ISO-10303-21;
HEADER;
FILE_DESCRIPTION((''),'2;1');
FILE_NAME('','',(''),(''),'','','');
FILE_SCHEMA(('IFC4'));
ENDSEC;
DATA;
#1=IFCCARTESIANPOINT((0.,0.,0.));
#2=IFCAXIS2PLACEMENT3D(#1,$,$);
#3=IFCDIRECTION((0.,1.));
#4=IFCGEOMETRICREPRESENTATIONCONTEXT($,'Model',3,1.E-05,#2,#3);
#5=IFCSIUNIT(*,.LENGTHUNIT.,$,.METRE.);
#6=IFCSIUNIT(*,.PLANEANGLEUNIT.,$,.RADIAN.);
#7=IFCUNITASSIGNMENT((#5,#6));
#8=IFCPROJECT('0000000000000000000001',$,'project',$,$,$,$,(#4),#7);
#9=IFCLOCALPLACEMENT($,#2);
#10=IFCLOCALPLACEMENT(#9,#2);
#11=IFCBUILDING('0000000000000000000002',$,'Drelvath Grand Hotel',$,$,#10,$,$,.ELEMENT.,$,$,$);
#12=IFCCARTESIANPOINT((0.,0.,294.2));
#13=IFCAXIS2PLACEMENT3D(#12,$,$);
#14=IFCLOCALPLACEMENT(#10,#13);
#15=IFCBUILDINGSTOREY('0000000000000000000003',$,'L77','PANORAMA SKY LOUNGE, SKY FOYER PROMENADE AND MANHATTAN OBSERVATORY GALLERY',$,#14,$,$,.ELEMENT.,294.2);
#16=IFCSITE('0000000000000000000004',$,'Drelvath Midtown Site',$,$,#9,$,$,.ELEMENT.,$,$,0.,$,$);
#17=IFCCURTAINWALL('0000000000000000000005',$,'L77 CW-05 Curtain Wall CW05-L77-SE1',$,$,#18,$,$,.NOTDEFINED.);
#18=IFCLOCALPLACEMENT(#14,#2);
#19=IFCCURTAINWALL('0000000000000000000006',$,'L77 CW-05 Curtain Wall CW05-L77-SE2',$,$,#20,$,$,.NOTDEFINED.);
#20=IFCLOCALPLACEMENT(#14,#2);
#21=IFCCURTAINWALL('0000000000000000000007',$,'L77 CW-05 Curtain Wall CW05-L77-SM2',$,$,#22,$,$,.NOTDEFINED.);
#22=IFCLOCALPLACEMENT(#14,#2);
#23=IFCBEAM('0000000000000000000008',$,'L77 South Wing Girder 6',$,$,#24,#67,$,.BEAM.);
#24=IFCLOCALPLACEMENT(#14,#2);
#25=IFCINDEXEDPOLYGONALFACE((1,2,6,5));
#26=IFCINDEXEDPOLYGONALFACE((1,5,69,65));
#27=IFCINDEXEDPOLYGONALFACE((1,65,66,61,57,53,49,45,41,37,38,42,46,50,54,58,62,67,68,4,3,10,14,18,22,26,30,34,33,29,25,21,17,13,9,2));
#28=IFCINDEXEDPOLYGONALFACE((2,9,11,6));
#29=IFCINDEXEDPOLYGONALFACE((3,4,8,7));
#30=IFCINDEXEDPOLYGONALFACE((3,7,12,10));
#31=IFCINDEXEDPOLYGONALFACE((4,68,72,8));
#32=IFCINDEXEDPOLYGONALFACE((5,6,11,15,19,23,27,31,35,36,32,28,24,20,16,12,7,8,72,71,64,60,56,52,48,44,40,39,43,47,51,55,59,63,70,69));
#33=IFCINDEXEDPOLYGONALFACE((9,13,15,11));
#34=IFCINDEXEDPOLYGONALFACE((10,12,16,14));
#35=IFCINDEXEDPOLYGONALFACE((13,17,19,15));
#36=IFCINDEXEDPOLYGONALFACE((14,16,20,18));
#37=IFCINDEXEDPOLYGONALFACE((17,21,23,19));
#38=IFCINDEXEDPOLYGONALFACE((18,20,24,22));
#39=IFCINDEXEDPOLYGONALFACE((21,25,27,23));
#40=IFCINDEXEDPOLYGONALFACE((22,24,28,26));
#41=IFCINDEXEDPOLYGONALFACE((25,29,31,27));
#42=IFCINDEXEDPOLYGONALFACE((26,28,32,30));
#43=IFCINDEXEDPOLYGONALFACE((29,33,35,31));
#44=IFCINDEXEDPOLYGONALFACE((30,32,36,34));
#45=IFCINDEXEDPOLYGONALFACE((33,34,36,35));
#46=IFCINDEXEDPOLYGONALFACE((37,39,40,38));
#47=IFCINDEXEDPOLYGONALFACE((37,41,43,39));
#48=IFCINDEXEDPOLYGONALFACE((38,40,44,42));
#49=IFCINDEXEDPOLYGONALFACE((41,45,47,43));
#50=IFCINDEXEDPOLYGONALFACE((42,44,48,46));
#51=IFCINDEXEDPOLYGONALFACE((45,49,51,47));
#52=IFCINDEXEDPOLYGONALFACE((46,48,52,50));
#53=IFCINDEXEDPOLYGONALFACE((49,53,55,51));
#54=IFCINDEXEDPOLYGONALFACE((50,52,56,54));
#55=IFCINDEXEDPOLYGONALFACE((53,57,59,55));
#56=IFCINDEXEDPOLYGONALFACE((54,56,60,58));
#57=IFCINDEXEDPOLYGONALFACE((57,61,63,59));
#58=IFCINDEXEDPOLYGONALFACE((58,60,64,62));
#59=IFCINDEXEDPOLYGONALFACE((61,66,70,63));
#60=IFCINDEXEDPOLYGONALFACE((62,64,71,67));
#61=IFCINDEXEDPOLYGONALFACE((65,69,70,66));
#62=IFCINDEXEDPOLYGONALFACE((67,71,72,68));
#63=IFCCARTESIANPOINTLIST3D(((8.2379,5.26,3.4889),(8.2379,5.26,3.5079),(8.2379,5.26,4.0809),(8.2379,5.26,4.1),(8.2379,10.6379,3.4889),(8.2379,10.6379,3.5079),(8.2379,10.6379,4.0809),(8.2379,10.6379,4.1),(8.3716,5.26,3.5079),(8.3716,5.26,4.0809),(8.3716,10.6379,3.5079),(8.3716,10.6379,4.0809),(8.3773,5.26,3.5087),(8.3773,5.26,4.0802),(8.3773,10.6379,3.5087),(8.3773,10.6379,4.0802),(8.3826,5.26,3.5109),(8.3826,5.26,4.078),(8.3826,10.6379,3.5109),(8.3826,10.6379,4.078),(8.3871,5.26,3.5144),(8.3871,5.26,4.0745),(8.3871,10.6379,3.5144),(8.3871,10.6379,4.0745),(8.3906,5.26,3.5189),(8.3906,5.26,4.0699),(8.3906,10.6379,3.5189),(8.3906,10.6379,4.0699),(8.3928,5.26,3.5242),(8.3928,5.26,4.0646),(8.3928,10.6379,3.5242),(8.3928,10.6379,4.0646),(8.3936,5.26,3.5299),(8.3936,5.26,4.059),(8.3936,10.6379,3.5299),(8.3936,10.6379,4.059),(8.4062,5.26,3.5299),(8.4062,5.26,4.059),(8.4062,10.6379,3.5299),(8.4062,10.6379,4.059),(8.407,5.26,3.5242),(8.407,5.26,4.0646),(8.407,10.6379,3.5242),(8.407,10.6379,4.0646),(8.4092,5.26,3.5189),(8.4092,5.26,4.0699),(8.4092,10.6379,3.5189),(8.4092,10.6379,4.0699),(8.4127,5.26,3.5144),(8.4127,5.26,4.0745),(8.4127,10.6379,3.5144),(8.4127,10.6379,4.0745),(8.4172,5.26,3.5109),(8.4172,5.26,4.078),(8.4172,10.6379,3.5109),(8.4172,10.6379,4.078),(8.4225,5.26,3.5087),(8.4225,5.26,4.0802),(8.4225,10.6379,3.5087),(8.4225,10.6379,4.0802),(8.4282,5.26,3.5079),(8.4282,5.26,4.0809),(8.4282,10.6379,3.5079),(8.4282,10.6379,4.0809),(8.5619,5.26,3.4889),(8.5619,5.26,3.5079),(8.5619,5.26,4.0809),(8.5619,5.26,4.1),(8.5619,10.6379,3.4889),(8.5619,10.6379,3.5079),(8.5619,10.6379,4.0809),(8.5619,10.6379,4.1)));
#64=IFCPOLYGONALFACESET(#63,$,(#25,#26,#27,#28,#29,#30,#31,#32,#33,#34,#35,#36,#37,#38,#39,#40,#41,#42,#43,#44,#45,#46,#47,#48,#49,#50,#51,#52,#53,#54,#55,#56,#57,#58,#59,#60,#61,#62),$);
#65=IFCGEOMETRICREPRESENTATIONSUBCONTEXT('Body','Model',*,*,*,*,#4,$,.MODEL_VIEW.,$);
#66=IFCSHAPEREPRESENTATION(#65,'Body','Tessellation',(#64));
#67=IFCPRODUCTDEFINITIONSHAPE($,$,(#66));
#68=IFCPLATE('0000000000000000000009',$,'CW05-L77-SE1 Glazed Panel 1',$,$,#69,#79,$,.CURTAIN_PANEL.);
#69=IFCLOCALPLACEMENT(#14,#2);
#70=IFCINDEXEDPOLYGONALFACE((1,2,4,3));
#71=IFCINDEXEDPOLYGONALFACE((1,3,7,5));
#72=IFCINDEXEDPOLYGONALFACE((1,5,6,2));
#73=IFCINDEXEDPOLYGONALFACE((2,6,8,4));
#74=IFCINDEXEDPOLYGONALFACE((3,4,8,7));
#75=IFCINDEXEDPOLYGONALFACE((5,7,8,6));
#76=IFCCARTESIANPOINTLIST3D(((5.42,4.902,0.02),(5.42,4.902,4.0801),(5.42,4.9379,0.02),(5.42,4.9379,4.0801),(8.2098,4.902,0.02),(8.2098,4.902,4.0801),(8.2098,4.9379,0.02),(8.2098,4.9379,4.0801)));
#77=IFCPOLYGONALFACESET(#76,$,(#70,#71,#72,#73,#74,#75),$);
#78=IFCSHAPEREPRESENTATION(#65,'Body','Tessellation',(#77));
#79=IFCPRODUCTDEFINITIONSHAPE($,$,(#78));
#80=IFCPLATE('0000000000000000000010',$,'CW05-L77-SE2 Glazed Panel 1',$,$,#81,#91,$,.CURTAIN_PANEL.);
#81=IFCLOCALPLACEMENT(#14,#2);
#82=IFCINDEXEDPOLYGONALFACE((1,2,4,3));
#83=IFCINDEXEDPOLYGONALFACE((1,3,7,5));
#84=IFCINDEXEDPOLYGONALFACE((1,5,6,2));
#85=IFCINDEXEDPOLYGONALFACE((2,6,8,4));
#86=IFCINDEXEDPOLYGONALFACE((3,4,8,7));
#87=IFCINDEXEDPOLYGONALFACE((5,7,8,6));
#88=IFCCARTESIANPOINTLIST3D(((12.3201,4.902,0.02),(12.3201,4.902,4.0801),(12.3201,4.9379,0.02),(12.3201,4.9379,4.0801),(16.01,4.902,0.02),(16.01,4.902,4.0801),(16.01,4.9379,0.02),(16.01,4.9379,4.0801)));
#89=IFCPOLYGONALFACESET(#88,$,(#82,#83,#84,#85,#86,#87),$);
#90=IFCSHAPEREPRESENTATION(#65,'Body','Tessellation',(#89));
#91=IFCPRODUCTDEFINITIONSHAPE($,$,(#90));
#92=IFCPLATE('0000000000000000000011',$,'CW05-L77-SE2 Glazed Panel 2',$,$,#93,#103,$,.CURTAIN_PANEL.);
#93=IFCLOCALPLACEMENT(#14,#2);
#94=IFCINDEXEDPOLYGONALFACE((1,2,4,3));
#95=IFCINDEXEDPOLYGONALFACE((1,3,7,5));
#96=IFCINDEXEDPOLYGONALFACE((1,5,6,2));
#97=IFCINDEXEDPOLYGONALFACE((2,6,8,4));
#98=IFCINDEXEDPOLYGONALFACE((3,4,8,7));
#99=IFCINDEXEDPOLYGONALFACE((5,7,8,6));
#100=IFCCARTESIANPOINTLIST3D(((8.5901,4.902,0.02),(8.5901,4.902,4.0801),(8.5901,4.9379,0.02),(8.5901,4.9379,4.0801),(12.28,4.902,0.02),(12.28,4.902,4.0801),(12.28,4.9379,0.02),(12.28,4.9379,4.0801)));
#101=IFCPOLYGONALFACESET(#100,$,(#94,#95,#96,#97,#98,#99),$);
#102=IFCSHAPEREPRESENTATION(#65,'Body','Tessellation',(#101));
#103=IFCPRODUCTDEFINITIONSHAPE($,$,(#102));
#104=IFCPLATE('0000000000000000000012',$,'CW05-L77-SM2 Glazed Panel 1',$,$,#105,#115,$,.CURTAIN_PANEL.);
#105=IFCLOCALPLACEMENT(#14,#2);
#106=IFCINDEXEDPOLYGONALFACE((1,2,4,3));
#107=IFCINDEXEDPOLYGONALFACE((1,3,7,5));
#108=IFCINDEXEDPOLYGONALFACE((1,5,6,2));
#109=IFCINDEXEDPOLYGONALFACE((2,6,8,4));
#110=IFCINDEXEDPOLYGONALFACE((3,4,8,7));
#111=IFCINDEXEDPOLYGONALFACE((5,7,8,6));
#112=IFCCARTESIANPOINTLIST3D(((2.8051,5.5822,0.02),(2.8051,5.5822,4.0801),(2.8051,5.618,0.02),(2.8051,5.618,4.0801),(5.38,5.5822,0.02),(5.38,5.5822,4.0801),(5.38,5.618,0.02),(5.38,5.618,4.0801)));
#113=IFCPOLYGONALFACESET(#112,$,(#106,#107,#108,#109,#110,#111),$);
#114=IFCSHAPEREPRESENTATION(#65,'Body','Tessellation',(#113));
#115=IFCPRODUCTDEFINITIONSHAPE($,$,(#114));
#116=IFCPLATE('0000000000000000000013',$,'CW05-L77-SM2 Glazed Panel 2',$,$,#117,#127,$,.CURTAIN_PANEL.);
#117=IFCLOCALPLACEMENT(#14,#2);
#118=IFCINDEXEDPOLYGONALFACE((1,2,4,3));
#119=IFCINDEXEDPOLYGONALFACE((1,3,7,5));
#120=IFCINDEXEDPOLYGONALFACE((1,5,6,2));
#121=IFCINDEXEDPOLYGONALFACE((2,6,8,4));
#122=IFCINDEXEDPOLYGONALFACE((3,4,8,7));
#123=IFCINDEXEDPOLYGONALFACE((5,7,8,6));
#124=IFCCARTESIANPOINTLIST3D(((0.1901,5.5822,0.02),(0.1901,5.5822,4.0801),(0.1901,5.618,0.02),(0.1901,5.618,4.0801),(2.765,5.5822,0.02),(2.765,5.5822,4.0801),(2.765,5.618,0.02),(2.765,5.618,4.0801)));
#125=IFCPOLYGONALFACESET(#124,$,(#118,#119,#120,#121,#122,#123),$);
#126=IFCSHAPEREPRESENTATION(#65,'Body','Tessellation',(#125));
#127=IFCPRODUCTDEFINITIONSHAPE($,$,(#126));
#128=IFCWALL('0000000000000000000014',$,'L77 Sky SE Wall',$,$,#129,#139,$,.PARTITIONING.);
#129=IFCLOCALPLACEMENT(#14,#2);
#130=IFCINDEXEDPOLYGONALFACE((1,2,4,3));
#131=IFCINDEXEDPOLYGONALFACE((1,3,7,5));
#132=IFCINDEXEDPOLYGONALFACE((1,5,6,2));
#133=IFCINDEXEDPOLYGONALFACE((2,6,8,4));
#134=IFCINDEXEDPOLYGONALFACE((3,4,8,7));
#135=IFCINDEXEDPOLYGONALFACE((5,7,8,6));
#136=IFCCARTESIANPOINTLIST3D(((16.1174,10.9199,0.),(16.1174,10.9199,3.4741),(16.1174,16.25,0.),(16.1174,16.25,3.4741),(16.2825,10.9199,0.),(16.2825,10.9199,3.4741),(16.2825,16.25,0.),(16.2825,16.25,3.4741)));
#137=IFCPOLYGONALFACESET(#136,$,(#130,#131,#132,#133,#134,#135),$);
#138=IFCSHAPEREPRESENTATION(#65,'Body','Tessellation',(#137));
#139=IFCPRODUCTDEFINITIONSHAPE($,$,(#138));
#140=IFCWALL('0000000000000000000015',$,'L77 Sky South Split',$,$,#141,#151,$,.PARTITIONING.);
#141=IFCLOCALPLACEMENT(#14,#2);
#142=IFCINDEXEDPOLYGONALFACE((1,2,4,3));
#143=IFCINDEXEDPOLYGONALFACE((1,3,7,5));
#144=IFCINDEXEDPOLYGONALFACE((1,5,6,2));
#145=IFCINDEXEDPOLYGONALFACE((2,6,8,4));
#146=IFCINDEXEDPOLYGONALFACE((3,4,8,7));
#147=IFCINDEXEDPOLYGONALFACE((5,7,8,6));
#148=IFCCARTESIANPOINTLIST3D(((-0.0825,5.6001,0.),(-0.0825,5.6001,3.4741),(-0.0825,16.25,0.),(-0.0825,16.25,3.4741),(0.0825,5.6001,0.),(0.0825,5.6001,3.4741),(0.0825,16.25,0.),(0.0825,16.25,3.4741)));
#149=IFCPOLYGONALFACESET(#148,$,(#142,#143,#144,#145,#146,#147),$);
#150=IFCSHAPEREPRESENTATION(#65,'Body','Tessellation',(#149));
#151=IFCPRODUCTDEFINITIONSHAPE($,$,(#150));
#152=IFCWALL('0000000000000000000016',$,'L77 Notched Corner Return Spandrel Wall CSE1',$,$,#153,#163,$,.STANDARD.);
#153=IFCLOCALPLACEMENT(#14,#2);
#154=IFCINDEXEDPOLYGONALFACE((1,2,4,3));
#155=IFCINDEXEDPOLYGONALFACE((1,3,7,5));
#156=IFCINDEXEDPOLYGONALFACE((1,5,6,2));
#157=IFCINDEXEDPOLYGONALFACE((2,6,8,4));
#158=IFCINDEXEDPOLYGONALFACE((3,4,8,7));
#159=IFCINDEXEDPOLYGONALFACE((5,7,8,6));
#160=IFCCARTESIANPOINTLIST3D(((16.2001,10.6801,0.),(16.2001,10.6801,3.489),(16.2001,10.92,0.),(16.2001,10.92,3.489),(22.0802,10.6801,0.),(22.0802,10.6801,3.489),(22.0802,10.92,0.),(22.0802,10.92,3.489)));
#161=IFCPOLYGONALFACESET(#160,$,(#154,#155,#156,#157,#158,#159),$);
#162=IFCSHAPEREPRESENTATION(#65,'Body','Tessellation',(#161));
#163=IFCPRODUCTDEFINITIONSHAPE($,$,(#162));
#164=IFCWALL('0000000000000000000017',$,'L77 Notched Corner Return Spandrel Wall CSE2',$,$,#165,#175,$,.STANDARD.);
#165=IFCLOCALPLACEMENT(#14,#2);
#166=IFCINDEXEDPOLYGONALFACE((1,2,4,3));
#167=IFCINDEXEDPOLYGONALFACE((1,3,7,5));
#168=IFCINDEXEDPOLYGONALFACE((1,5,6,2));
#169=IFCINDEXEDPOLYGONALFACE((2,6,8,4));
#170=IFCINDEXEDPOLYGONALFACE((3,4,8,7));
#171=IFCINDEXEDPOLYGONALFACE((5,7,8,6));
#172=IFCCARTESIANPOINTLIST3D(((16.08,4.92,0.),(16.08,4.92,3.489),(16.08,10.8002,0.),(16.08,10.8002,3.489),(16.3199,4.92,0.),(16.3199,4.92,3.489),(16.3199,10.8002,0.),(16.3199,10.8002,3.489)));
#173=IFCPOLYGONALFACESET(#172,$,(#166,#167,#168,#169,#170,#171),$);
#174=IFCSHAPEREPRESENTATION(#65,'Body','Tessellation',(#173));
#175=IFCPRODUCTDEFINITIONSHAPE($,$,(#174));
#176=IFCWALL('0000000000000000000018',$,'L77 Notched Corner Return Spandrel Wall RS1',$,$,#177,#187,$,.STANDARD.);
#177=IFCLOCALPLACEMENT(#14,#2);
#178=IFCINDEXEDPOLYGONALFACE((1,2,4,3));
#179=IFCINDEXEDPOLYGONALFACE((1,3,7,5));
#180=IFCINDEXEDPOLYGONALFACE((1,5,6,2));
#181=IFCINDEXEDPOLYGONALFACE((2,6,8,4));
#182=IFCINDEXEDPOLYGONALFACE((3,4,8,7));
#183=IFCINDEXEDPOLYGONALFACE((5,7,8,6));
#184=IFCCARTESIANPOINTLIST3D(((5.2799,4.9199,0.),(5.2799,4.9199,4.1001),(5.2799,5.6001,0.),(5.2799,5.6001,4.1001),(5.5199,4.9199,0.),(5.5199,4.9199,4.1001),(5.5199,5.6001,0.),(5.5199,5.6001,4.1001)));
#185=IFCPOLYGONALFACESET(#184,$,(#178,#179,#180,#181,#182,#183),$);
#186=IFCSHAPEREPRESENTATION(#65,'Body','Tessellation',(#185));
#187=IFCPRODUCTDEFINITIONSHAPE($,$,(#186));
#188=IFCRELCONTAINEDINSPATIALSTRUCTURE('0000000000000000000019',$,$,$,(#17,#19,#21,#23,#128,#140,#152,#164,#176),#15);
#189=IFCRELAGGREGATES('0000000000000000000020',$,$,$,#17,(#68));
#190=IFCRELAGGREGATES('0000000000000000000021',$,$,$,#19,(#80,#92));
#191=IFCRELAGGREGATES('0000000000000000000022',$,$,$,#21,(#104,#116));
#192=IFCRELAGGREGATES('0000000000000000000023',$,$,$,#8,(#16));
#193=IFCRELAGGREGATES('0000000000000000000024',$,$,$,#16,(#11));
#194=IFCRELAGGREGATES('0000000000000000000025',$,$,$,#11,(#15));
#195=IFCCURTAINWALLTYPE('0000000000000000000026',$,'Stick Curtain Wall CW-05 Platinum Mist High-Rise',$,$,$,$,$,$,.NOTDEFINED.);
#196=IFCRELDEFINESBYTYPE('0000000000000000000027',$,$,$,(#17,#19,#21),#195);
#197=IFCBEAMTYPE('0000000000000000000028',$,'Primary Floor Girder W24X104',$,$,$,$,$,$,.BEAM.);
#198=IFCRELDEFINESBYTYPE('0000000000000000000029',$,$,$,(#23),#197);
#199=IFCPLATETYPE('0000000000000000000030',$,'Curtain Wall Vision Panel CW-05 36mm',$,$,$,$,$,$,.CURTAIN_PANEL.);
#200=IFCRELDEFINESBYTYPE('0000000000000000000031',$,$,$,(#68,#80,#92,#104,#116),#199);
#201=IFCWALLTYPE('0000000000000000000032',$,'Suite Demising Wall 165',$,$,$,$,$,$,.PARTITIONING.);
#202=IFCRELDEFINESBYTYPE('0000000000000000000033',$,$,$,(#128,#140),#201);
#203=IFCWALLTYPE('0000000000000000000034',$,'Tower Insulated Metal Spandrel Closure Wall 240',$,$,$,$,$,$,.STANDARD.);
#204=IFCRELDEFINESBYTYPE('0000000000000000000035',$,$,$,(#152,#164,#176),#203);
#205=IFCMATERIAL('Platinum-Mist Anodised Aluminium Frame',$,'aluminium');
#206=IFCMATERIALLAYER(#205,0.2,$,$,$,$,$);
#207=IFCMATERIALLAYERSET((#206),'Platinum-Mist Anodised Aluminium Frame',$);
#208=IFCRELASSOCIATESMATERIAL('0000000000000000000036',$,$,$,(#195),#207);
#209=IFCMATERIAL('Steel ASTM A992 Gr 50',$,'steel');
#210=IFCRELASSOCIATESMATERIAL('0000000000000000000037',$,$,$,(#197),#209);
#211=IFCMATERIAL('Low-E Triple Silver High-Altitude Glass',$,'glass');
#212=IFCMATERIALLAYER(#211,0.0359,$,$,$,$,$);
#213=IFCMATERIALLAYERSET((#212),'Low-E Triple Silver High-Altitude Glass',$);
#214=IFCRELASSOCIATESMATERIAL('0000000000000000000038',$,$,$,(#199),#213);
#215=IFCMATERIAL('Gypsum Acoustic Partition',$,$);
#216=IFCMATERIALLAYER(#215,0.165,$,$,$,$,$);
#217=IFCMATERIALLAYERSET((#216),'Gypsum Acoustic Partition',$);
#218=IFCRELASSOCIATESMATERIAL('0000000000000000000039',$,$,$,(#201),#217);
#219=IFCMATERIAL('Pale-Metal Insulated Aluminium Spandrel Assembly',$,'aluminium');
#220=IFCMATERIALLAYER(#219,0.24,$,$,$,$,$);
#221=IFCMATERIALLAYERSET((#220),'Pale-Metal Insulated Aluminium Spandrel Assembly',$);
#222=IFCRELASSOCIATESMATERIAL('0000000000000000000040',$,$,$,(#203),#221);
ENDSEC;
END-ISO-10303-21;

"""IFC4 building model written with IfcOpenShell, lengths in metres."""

from ifc_helpers import new_model, si_unit, direction, frame, frame_2d, origin, origin_2d, place, context, subcontext, project, spatial, rectangle, i_section, extrude, material, layer, layer_set, material_profile, profile_set, type_object, element, aggregate, save


model = new_model("IFC4")

# Units and contexts
model_context = context("Model", 3, precision=1e-05, world=origin(), true_north=direction((0.0, 1.0)))
body_context = subcontext(model_context, "Body", "Model", "MODEL_VIEW")
ifc_project = project(units=[si_unit("LENGTHUNIT", "METRE"), si_unit("PLANEANGLEUNIT", "RADIAN")], contexts=[model_context])

# Site, building, storey
site_placement = place(None, origin())
site = spatial("IfcSite", under=ifc_project, at=site_placement, Name="Drelvath Midtown Site", CompositionType="ELEMENT", RefElevation=0.0)
building_placement = place(site_placement, origin())
building = spatial("IfcBuilding", under=site, at=building_placement, Name="Drelvath Grand Hotel", CompositionType="ELEMENT")
storey_placement = place(building_placement, frame((0.0, 0.0, 294.2)))
storey = spatial("IfcBuildingStorey", under=building, at=storey_placement, Name="L77", Description="PANORAMA SKY LOUNGE, SKY FOYER PROMENADE AND MANHATTAN OBSERVATORY GALLERY", CompositionType="ELEMENT", Elevation=294.2)

# Shared definitions
ifc_material_1 = material(Name="Steel ASTM A992 Gr 50", Category="steel")

# Curtain walls
ifc_material_2 = material(Name="Platinum-Mist Anodised Aluminium Frame", Category="aluminium")
ifc_layer_1 = layer(ifc_material_2, 0.2)
ifc_layer_set_1 = layer_set([ifc_layer_1], Name="Platinum-Mist Anodised Aluminium Frame")
curtain_wall_type = type_object("IfcCurtainWallType", Name="Stick Curtain Wall CW-05 Platinum Mist High-Rise", PredefinedType="NOTDEFINED", material=ifc_layer_set_1)
curtain_wall_1_placement = place(storey_placement, origin())
curtain_wall_1 = element("IfcCurtainWall", 1, at=curtain_wall_1_placement, inside=storey, type_object=curtain_wall_type, Name="L77 CW-05 Curtain Wall CW05-L77-SE1", PredefinedType="NOTDEFINED")
curtain_wall_2_placement = place(storey_placement, origin())
curtain_wall_2 = element("IfcCurtainWall", 2, at=curtain_wall_2_placement, inside=storey, type_object=curtain_wall_type, Name="L77 CW-05 Curtain Wall CW05-L77-SE2", PredefinedType="NOTDEFINED")
curtain_wall_3_placement = place(storey_placement, origin())
curtain_wall_3 = element("IfcCurtainWall", 3, at=curtain_wall_3_placement, inside=storey, type_object=curtain_wall_type, Name="L77 CW-05 Curtain Wall CW05-L77-SM2", PredefinedType="NOTDEFINED")

# Beam
ifc_material_profile_1 = material_profile(ifc_material_1, i_section(OverallWidth=0.324, OverallDepth=0.6111, WebThickness=0.0127, FlangeThickness=0.019, FilletRadius=0.022, at=origin_2d()), Name="W24X104")
ifc_profile_set_1 = profile_set([ifc_material_profile_1], Name="Steel ASTM A992 Gr 50")
beam_type_1 = type_object("IfcBeamType", Name="Primary Floor Girder W24X104", PredefinedType="BEAM", material=ifc_profile_set_1)
beam_1_placement = place(storey_placement, frame((8.3999, 5.26, 3.7944), z_axis=(0.0, 1.0, 0.0), x_axis=(-1.0, 0.0, 0.0)))
element("IfcBeam", 4, at=beam_1_placement, inside=storey, type_object=beam_type_1, Name="L77 South Wing Girder 6", PredefinedType="BEAM", context=body_context, shape_type="SweptSolid", body=[
    extrude(i_section(OverallWidth=0.324, OverallDepth=0.6111, WebThickness=0.0127, FlangeThickness=0.019, FilletRadius=0.022, at=origin_2d()), origin(), (0.0, 0.0, 1.0), 5.3779),
])

# Plates
ifc_material_3 = material(Name="Low-E Triple Silver High-Altitude Glass", Category="glass")
ifc_layer_2 = layer(ifc_material_3, 0.0359)
ifc_layer_set_2 = layer_set([ifc_layer_2], Name="Low-E Triple Silver High-Altitude Glass")
plate_type = type_object("IfcPlateType", Name="Curtain Wall Vision Panel CW-05 36mm", PredefinedType="CURTAIN_PANEL", material=ifc_layer_set_2)
plate_1_placement = place(storey_placement, frame((6.8149, 4.9199, 0.02), z_axis=(0.0, 0.0, 1.0), x_axis=(-1.0, 0.0, 0.0)))
plate_1 = element("IfcPlate", 5, at=plate_1_placement, type_object=plate_type, Name="CW05-L77-SE1 Glazed Panel 1", PredefinedType="CURTAIN_PANEL", context=body_context, shape_type="SweptSolid", body=[
    extrude(rectangle(XDim=2.7898, YDim=0.0359, at=origin_2d()), origin(), (0.0, 0.0, 1.0), 4.0601),
])
aggregate(curtain_wall_1, [plate_1])
plate_2_placement = place(storey_placement, frame((14.165, 4.9199, 0.02), z_axis=(0.0, 0.0, 1.0), x_axis=(-1.0, 0.0, 0.0)))
plate_2 = element("IfcPlate", 6, at=plate_2_placement, type_object=plate_type, Name="CW05-L77-SE2 Glazed Panel 1", PredefinedType="CURTAIN_PANEL", context=body_context, shape_type="SweptSolid", body=[
    extrude(rectangle(XDim=3.6899, YDim=0.0359, at=origin_2d()), origin(), (0.0, 0.0, 1.0), 4.0601),
])
plate_3_placement = place(storey_placement, frame((10.4351, 4.9199, 0.02), z_axis=(0.0, 0.0, 1.0), x_axis=(-1.0, 0.0, 0.0)))
plate_3 = element("IfcPlate", 7, at=plate_3_placement, type_object=plate_type, Name="CW05-L77-SE2 Glazed Panel 2", PredefinedType="CURTAIN_PANEL", context=body_context, shape_type="SweptSolid", body=[
    extrude(rectangle(XDim=3.6899, YDim=0.0359, at=origin_2d()), origin(), (0.0, 0.0, 1.0), 4.0601),
])
aggregate(curtain_wall_2, [plate_2, plate_3])
plate_4_placement = place(storey_placement, frame((4.0925, 5.6001, 0.02), z_axis=(0.0, 0.0, 1.0), x_axis=(-1.0, 0.0, 0.0)))
plate_4 = element("IfcPlate", 8, at=plate_4_placement, type_object=plate_type, Name="CW05-L77-SM2 Glazed Panel 1", PredefinedType="CURTAIN_PANEL", context=body_context, shape_type="SweptSolid", body=[
    extrude(rectangle(XDim=2.575, YDim=0.0359, at=origin_2d()), origin(), (0.0, 0.0, 1.0), 4.0601),
])
plate_5_placement = place(storey_placement, frame((1.4775, 5.6001, 0.02), z_axis=(0.0, 0.0, 1.0), x_axis=(-1.0, 0.0, 0.0)))
plate_5 = element("IfcPlate", 9, at=plate_5_placement, type_object=plate_type, Name="CW05-L77-SM2 Glazed Panel 2", PredefinedType="CURTAIN_PANEL", context=body_context, shape_type="SweptSolid", body=[
    extrude(rectangle(XDim=2.575, YDim=0.0359, at=origin_2d()), origin(), (0.0, 0.0, 1.0), 4.0601),
])
aggregate(curtain_wall_3, [plate_4, plate_5])

# Walls
ifc_material_4 = material(Name="Gypsum Acoustic Partition")
ifc_layer_3 = layer(ifc_material_4, 0.165)
ifc_layer_set_3 = layer_set([ifc_layer_3], Name="Gypsum Acoustic Partition")
wall_type_1 = type_object("IfcWallType", Name="Suite Demising Wall 165", PredefinedType="PARTITIONING", material=ifc_layer_set_3)
wall_1_placement = place(storey_placement, frame((16.2, 10.9199, 0.0), z_axis=(0.0, 0.0, 1.0), x_axis=(0.0, 1.0, 0.0)))
element("IfcWall", 10, at=wall_1_placement, inside=storey, type_object=wall_type_1, Name="L77 Sky SE Wall", PredefinedType="PARTITIONING", context=body_context, shape_type="SweptSolid", body=[
    extrude(rectangle(XDim=5.3301, YDim=0.165, at=frame_2d((2.665, 0.0))), origin(), (0.0, 0.0, 1.0), 3.4741),
])
wall_2_placement = place(storey_placement, frame((0.0, 5.6001, 0.0), z_axis=(0.0, 0.0, 1.0), x_axis=(0.0, 1.0, 0.0)))
element("IfcWall", 11, at=wall_2_placement, inside=storey, type_object=wall_type_1, Name="L77 Sky South Split", PredefinedType="PARTITIONING", context=body_context, shape_type="SweptSolid", body=[
    extrude(rectangle(XDim=10.6499, YDim=0.165, at=frame_2d((5.325, 0.0))), origin(), (0.0, 0.0, 1.0), 3.4741),
])
ifc_material_5 = material(Name="Pale-Metal Insulated Aluminium Spandrel Assembly", Category="aluminium")
ifc_layer_4 = layer(ifc_material_5, 0.24)
ifc_layer_set_4 = layer_set([ifc_layer_4], Name="Pale-Metal Insulated Aluminium Spandrel Assembly")
wall_type_2 = type_object("IfcWallType", Name="Tower Insulated Metal Spandrel Closure Wall 240", PredefinedType="STANDARD", material=ifc_layer_set_4)
for number, where, z_axis, x_axis, name in (
    (12, (22.0801, 10.8, 0.0), (0.0, 0.0, 1.0), (-1.0, 0.0, 0.0), "L77 Notched Corner Return Spandrel Wall CSE1"),
    (13, (16.2, 10.8, 0.0), (0.0, 0.0, 1.0), (0.0, -1.0, 0.0), "L77 Notched Corner Return Spandrel Wall CSE2"),
):
    element("IfcWall", number, at=place(storey_placement, frame(where, z_axis=z_axis, x_axis=x_axis)), inside=storey, type_object=wall_type_2, Name=name, PredefinedType="STANDARD", context=body_context, shape_type="SweptSolid", body=[
        extrude(rectangle(XDim=5.8801, YDim=0.24, at=frame_2d((2.9399, 0.0))), origin(), (0.0, 0.0, 1.0), 3.489),
    ])
wall_3_placement = place(storey_placement, frame((5.3999, 4.9199, 0.0), z_axis=(0.0, 0.0, 1.0), x_axis=(0.0, 1.0, 0.0)))
element("IfcWall", 14, at=wall_3_placement, inside=storey, type_object=wall_type_2, Name="L77 Notched Corner Return Spandrel Wall RS1", PredefinedType="STANDARD", context=body_context, shape_type="SweptSolid", body=[
    extrude(rectangle(XDim=0.6802, YDim=0.24, at=frame_2d((0.3401, 0.0))), origin(), (0.0, 0.0, 1.0), 4.1001),
])

save(model, "model.ifc")
